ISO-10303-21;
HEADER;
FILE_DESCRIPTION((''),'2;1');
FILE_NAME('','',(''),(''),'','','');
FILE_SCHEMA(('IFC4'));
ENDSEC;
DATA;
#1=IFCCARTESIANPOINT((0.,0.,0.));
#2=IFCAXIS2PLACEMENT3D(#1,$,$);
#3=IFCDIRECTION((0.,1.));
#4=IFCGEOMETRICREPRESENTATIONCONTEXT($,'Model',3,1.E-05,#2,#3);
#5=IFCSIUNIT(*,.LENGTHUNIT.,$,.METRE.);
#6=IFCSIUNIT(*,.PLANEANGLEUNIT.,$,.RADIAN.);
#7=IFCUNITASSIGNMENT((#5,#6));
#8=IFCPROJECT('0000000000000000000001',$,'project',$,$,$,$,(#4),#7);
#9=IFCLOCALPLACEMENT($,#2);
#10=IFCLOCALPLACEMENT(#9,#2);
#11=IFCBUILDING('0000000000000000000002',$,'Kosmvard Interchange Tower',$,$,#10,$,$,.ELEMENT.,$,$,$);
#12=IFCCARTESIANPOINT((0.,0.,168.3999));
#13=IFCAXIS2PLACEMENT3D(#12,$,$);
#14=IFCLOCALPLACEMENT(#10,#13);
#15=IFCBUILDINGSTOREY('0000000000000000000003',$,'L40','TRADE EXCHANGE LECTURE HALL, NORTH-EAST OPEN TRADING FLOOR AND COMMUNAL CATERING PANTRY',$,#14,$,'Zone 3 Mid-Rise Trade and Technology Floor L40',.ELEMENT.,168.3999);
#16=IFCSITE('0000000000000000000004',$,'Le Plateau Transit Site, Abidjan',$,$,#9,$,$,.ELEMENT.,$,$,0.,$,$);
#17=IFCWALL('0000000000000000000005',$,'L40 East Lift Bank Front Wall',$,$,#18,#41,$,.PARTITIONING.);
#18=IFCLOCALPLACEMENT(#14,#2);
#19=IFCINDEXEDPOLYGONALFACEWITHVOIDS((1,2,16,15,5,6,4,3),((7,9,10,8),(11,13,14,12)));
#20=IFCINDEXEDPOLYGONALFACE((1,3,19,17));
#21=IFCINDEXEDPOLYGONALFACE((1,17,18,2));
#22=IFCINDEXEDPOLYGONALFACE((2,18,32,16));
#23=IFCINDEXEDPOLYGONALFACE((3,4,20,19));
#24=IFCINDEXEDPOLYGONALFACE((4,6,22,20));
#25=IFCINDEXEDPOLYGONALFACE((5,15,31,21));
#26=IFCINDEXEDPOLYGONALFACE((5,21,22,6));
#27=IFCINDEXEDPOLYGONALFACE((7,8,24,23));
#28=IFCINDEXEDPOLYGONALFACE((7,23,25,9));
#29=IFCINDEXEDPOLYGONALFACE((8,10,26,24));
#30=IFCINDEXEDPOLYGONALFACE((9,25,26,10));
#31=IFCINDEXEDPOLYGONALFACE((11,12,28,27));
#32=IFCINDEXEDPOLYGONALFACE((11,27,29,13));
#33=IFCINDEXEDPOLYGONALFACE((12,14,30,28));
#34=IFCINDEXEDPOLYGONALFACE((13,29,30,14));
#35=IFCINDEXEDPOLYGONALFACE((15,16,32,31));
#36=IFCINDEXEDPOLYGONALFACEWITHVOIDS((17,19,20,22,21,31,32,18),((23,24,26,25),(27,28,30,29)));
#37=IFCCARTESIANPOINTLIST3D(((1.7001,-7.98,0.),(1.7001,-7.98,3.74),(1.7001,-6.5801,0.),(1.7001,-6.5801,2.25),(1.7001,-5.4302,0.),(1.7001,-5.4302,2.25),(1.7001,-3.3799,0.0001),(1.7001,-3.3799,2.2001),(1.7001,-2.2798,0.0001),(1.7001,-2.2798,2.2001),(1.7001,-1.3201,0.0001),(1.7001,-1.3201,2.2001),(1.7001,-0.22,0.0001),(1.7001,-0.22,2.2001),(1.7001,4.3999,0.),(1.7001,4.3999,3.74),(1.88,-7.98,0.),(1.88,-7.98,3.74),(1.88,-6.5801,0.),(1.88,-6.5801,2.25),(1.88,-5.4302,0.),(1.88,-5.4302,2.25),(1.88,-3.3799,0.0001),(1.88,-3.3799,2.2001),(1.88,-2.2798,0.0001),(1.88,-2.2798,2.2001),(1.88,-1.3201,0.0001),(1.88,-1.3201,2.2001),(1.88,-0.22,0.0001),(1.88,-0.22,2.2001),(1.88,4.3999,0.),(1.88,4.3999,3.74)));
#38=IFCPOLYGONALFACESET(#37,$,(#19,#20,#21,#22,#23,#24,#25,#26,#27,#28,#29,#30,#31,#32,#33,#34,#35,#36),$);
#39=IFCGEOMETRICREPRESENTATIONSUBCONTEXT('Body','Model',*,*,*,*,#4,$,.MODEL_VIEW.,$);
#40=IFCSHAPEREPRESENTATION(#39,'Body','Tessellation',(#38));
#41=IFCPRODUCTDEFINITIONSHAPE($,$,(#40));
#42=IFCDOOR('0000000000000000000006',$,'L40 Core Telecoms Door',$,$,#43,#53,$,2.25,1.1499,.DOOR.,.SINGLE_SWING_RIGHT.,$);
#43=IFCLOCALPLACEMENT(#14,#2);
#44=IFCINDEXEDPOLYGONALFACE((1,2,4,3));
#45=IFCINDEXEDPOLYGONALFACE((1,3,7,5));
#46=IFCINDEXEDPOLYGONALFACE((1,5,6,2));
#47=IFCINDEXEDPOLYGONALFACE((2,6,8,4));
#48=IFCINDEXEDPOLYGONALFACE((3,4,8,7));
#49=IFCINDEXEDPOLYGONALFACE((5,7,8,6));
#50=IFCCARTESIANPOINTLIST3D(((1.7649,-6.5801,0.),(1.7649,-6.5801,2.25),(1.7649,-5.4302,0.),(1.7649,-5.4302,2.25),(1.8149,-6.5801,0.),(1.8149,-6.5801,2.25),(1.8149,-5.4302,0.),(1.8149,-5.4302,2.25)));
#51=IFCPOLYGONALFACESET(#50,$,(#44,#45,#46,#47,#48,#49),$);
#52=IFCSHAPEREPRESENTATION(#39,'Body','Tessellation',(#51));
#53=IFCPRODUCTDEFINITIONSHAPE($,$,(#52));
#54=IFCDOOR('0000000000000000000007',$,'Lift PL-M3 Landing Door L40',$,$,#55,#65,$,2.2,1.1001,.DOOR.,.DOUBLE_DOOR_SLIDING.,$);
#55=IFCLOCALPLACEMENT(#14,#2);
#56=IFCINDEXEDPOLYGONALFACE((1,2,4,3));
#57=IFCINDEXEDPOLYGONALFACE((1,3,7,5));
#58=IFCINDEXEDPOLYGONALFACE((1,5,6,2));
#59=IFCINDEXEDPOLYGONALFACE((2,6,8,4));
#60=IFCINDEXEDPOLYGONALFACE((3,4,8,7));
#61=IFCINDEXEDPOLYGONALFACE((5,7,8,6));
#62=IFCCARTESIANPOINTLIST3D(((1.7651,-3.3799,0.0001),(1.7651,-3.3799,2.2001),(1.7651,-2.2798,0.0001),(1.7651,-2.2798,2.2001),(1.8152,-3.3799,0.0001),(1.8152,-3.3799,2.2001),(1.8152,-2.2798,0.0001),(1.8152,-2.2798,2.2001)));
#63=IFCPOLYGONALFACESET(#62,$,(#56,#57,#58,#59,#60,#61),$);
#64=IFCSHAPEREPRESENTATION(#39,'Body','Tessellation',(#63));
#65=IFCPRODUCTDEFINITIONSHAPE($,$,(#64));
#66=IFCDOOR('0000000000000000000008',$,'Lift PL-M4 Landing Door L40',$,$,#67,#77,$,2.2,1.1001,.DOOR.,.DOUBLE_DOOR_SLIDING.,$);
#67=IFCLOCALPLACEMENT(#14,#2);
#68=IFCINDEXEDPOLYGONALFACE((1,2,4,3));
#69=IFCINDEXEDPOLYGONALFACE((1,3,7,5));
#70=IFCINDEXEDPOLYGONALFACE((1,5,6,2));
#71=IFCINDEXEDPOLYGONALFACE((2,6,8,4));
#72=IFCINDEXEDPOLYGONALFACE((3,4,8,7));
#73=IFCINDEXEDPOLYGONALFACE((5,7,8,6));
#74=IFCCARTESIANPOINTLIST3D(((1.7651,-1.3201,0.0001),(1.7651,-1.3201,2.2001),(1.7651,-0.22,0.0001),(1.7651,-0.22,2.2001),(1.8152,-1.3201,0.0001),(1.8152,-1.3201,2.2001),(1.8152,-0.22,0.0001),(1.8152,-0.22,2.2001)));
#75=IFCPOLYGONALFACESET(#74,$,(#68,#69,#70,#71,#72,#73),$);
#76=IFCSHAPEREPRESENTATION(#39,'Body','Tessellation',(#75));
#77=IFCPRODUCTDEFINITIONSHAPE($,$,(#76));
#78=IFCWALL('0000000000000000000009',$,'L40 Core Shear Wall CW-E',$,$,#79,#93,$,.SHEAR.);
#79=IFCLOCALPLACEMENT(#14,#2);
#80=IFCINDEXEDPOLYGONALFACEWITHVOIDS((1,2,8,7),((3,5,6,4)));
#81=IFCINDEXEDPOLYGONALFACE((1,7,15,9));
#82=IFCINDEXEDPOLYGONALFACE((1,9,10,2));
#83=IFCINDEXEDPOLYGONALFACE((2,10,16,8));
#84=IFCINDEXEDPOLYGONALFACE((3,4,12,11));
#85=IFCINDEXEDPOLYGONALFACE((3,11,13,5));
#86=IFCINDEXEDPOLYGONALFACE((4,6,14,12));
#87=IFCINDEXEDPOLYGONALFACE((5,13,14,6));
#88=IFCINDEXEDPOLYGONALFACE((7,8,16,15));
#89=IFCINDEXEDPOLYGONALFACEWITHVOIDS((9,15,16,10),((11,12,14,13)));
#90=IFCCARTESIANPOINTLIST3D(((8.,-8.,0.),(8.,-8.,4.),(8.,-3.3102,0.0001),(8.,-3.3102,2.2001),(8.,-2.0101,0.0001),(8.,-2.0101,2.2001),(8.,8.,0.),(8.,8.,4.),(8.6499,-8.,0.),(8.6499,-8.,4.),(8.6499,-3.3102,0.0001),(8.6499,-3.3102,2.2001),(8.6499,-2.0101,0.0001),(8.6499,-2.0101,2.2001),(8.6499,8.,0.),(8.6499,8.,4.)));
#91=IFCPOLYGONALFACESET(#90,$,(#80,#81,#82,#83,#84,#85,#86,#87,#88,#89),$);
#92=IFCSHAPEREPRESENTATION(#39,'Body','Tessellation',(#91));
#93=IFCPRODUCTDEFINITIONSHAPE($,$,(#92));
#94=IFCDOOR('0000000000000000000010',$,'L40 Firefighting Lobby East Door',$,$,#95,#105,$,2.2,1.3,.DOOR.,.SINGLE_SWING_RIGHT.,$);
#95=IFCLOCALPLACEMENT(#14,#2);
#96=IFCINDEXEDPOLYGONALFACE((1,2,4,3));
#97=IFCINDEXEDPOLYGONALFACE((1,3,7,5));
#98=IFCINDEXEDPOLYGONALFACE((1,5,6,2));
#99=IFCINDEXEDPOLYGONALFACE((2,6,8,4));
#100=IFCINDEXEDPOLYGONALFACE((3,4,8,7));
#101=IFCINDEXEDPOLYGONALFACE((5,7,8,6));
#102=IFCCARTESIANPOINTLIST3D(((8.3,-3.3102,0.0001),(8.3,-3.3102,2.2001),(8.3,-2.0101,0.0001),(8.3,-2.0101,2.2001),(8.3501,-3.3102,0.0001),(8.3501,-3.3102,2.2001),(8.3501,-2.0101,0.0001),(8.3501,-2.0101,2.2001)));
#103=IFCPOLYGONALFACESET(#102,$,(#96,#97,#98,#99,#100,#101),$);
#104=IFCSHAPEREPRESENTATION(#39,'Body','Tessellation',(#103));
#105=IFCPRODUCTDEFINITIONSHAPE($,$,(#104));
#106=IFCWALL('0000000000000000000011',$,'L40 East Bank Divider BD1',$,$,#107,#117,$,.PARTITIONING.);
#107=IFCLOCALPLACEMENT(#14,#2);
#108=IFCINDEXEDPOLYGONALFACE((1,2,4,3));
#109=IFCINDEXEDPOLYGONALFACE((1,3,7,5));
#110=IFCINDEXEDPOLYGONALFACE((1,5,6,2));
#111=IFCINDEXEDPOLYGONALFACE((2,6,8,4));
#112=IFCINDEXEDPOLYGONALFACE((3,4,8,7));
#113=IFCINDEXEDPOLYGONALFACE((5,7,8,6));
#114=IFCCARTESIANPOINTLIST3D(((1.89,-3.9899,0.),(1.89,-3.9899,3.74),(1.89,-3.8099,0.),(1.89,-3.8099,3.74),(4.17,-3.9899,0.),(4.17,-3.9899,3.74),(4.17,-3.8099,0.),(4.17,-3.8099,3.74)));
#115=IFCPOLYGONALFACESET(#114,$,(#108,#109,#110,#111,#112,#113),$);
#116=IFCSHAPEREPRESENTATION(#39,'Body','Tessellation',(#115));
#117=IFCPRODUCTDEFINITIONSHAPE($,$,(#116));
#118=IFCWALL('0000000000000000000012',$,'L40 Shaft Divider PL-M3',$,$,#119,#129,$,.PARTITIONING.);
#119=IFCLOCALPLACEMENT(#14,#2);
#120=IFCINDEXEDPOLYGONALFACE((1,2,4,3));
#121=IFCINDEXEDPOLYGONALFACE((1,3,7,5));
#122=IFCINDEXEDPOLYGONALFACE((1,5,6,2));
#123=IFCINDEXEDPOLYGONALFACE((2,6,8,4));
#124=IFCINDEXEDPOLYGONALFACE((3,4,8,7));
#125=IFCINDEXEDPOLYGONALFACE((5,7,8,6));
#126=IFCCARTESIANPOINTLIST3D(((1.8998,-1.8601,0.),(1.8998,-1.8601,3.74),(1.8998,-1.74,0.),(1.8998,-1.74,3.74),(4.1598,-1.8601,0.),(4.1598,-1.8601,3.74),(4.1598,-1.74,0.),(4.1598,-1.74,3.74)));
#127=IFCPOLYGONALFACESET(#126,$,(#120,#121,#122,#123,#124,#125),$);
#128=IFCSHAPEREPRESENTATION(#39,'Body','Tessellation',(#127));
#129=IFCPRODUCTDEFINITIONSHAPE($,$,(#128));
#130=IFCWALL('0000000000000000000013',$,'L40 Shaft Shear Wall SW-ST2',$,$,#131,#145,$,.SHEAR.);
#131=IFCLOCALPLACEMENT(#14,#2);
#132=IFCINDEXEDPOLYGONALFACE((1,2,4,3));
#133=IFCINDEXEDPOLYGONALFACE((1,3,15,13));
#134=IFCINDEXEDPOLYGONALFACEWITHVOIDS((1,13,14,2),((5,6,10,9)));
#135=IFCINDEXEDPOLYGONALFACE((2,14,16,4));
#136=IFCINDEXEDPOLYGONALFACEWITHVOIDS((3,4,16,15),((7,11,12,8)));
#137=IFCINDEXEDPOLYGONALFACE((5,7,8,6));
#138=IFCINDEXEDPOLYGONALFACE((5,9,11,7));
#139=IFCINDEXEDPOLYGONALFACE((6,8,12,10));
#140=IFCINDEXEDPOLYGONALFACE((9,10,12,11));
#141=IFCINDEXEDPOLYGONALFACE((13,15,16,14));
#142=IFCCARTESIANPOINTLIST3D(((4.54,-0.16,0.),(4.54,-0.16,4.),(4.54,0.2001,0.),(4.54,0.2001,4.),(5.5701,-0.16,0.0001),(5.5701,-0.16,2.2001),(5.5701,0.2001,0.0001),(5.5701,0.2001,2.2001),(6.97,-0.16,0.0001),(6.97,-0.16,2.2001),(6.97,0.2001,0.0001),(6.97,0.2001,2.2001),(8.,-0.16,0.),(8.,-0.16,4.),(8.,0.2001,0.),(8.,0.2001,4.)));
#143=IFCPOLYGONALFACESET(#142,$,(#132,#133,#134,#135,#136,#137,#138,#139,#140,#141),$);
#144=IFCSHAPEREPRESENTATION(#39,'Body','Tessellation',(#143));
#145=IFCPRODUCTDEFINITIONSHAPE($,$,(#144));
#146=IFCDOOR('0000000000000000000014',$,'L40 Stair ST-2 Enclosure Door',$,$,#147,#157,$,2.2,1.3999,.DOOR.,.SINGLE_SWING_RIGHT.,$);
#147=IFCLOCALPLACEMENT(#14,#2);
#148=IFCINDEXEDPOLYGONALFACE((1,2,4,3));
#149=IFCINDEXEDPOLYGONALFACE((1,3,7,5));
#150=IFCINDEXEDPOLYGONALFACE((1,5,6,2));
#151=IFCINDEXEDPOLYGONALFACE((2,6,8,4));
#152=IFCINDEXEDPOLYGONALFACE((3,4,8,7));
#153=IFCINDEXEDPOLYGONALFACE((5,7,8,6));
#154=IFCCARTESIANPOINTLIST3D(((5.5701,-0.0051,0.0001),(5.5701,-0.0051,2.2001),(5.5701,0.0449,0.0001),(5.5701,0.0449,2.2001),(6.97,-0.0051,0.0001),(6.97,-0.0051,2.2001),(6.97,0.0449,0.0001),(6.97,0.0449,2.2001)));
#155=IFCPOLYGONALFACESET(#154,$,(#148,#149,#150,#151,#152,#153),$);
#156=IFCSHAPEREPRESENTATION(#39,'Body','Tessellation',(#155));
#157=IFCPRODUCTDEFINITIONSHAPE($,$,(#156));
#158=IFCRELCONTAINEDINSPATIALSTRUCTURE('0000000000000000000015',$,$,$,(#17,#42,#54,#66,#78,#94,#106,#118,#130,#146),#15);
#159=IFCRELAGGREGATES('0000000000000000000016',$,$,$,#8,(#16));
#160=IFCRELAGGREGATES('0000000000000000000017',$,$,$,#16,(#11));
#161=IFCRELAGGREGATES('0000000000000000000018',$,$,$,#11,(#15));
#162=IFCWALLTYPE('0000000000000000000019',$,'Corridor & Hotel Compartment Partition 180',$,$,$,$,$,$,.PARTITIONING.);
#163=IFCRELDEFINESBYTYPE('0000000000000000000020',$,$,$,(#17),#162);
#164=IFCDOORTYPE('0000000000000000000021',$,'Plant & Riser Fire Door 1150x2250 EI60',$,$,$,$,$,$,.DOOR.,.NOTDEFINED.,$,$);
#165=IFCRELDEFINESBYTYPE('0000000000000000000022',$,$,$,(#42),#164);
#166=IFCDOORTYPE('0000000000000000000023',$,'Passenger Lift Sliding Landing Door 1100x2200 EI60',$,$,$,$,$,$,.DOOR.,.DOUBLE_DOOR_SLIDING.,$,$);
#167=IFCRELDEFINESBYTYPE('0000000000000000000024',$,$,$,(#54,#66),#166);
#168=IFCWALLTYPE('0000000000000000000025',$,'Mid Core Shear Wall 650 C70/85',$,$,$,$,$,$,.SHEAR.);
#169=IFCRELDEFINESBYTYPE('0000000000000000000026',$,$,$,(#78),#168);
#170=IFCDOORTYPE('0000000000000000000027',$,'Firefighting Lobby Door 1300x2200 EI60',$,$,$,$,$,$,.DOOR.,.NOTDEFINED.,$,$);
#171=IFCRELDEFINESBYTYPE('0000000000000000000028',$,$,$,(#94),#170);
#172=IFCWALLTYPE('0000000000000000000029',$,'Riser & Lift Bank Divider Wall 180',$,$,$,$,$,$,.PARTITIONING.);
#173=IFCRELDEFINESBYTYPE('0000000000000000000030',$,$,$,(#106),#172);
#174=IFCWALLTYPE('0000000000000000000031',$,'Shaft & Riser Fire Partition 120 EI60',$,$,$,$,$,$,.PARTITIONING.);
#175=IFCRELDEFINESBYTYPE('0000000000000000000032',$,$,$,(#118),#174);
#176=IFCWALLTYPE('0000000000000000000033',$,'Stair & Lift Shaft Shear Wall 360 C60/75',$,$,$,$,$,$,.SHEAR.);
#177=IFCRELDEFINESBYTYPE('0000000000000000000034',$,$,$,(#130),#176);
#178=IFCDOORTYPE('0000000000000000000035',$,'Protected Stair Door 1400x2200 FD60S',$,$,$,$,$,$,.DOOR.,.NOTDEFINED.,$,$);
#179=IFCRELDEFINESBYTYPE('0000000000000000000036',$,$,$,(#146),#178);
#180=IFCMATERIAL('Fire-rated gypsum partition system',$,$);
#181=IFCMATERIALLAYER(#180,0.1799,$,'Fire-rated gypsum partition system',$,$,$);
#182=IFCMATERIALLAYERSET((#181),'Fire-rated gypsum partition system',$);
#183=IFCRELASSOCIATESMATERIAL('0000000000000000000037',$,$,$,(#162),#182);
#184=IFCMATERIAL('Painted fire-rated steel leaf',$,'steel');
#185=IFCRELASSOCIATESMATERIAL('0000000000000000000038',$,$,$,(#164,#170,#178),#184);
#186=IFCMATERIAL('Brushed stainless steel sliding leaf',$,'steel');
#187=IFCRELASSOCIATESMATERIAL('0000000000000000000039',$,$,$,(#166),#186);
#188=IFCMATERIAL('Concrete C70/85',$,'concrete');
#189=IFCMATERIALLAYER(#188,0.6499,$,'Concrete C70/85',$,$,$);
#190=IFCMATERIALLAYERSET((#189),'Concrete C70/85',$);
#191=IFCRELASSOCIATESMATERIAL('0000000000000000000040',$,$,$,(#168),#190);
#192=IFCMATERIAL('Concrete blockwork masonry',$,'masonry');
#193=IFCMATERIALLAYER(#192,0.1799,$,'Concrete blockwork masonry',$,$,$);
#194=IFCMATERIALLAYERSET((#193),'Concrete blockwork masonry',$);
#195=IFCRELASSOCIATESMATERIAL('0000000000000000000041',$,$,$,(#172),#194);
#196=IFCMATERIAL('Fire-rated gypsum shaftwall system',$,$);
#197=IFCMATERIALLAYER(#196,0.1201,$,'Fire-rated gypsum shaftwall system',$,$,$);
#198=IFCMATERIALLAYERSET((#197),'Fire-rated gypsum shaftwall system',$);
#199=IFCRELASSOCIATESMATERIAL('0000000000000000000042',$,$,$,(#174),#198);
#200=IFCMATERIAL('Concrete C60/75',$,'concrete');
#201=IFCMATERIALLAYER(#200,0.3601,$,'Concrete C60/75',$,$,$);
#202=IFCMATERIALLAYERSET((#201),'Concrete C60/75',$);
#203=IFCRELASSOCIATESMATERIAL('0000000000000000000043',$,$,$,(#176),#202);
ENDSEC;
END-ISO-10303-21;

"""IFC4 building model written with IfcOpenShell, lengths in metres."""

from ifc_helpers import new_model, si_unit, direction, frame, frame_2d, origin, place, context, subcontext, project, spatial, rectangle, extrude, source, transform, mapped, material, layer, layer_set, type_object, element, fill, save


model = new_model("IFC4")

# Units and contexts
model_context = context("Model", 3, precision=1e-05, world=origin(), true_north=direction((0.0, 1.0)))
body_context = subcontext(model_context, "Body", "Model", "MODEL_VIEW")
ifc_project = project(units=[si_unit("LENGTHUNIT", "METRE"), si_unit("PLANEANGLEUNIT", "RADIAN")], contexts=[model_context])

# Site, building, storey
site_placement = place(None, origin())
site = spatial("IfcSite", under=ifc_project, at=site_placement, Name="Le Plateau Transit Site, Abidjan", CompositionType="ELEMENT", RefElevation=0.0)
building_placement = place(site_placement, origin())
building = spatial("IfcBuilding", under=site, at=building_placement, Name="Kosmvard Interchange Tower", CompositionType="ELEMENT")
storey_placement = place(building_placement, frame((0.0, 0.0, 168.3999)))
storey = spatial("IfcBuildingStorey", under=building, at=storey_placement, Name="L40", Description="TRADE EXCHANGE LECTURE HALL, NORTH-EAST OPEN TRADING FLOOR AND COMMUNAL CATERING PANTRY", LongName="Zone 3 Mid-Rise Trade and Technology Floor L40", CompositionType="ELEMENT", Elevation=168.3999)

# Wall, openings, doors
ifc_material_1 = material(Name="Fire-rated gypsum partition system")
ifc_layer_1 = layer(ifc_material_1, 0.1799, Name="Fire-rated gypsum partition system")
ifc_layer_set_1 = layer_set([ifc_layer_1], Name="Fire-rated gypsum partition system")
wall_type_1 = type_object("IfcWallType", Name="Corridor & Hotel Compartment Partition 180", PredefinedType="PARTITIONING", material=ifc_layer_set_1)
wall_1_placement = place(storey_placement, frame((1.79, -7.98, 0.0), z_axis=(0.0, 0.0, 1.0), x_axis=(0.0, 1.0, 0.0)))
wall_1 = element("IfcWall", 1, at=wall_1_placement, inside=storey, type_object=wall_type_1, Name="L40 East Lift Bank Front Wall", PredefinedType="PARTITIONING", context=body_context, shape_type="SweptSolid", body=[
    extrude(rectangle(XDim=12.3799, YDim=0.1799, at=frame_2d((6.1899, 0.0))), origin(), (0.0, 0.0, 1.0), 3.74),
])
opening_1_placement = place(wall_1_placement, frame((4.6001, 0.0, 0.0)))
opening_1 = element("IfcOpeningElement", 2, at=opening_1_placement, cuts=wall_1, PredefinedType="OPENING", context=body_context, shape_type="SweptSolid", body=[
    extrude(rectangle(XDim=1.1001, YDim=2.2, at=frame_2d((0.55, 1.1001))), frame((0.0, 0.1001, 0.0), z_axis=(0.0, -1.0, 0.0), x_axis=(1.0, 0.0, 0.0)), (0.0, 0.0, 1.0), 0.2),
])
opening_2_placement = place(wall_1_placement, frame((6.6599, 0.0, 0.0)))
opening_2 = element("IfcOpeningElement", 3, at=opening_2_placement, cuts=wall_1, PredefinedType="OPENING", context=body_context, shape_type="SweptSolid", body=[
    extrude(rectangle(XDim=1.1001, YDim=2.2, at=frame_2d((0.55, 1.1001))), frame((0.0, 0.1001, 0.0), z_axis=(0.0, -1.0, 0.0), x_axis=(1.0, 0.0, 0.0)), (0.0, 0.0, 1.0), 0.2),
])
opening_3_placement = place(wall_1_placement, frame((1.3999, 0.0, 0.0)))
opening_3 = element("IfcOpeningElement", 4, at=opening_3_placement, cuts=wall_1, PredefinedType="OPENING", context=body_context, shape_type="SweptSolid", body=[
    extrude(rectangle(XDim=1.1499, YDim=2.25, at=frame_2d((0.575, 1.125))), frame((0.0, 0.1001, 0.0), z_axis=(0.0, -1.0, 0.0), x_axis=(1.0, 0.0, 0.0)), (0.0, 0.0, 1.0), 0.2),
])
ifc_material_2 = material(Name="Painted fire-rated steel leaf", Category="steel")
door_type_1 = type_object("IfcDoorType", Name="Plant & Riser Fire Door 1150x2250 EI60", OperationType="NOTDEFINED", PredefinedType="DOOR", material=ifc_material_2)
shared_shape_1 = source(origin(), body_context, "Body", "SweptSolid", [
    extrude(rectangle(XDim=1.1499, YDim=2.25, at=frame_2d((0.575, 1.125))), frame((0.0, 0.0249, 0.0), z_axis=(0.0, -1.0, 0.0), x_axis=(1.0, 0.0, 0.0)), (0.0, 0.0, 1.0), 0.05),
])
door_1_placement = place(opening_3_placement, frame((1.1499, 0.0, 0.0), z_axis=(0.0, 0.0, 1.0), x_axis=(-1.0, 0.0, 0.0)))
door_1 = element("IfcDoor", 5, at=door_1_placement, inside=storey, type_object=door_type_1, Name="L40 Core Telecoms Door", OperationType="SINGLE_SWING_RIGHT", OverallHeight=2.25, OverallWidth=1.1499, PredefinedType="DOOR", context=body_context, shape_type="MappedRepresentation", body=[
    mapped(shared_shape_1, transform((0.0, 0.0, 0.0), scale=1.0)),
])
fill(opening_3, door_1)
ifc_material_3 = material(Name="Brushed stainless steel sliding leaf", Category="steel")
door_type_2 = type_object("IfcDoorType", Name="Passenger Lift Sliding Landing Door 1100x2200 EI60", OperationType="DOUBLE_DOOR_SLIDING", PredefinedType="DOOR", material=ifc_material_3)
shared_shape_2 = source(origin(), body_context, "Body", "SweptSolid", [
    extrude(rectangle(XDim=1.1001, YDim=2.2, at=frame_2d((0.55, 1.1001))), frame((0.0, 0.0249, 0.0), z_axis=(0.0, -1.0, 0.0), x_axis=(1.0, 0.0, 0.0)), (0.0, 0.0, 1.0), 0.05),
])
door_2_placement = place(opening_1_placement, origin())
door_2 = element("IfcDoor", 6, at=door_2_placement, inside=storey, type_object=door_type_2, Name="Lift PL-M3 Landing Door L40", OperationType="DOUBLE_DOOR_SLIDING", OverallHeight=2.2, OverallWidth=1.1001, PredefinedType="DOOR", context=body_context, shape_type="MappedRepresentation", body=[
    mapped(shared_shape_2, transform((0.0, 0.0, 0.0), scale=1.0)),
])
fill(opening_1, door_2)
door_3_placement = place(opening_2_placement, origin())
door_3 = element("IfcDoor", 7, at=door_3_placement, inside=storey, type_object=door_type_2, Name="Lift PL-M4 Landing Door L40", OperationType="DOUBLE_DOOR_SLIDING", OverallHeight=2.2, OverallWidth=1.1001, PredefinedType="DOOR", context=body_context, shape_type="MappedRepresentation", body=[
    mapped(shared_shape_2, transform((0.0, 0.0, 0.0), scale=1.0)),
])
fill(opening_2, door_3)

# Wall, opening, door
ifc_material_4 = material(Name="Concrete C70/85", Category="concrete")
ifc_layer_2 = layer(ifc_material_4, 0.6499, Name="Concrete C70/85")
ifc_layer_set_2 = layer_set([ifc_layer_2], Name="Concrete C70/85")
wall_type_2 = type_object("IfcWallType", Name="Mid Core Shear Wall 650 C70/85", PredefinedType="SHEAR", material=ifc_layer_set_2)
wall_2_placement = place(storey_placement, frame((8.325, -8.0, 0.0), z_axis=(0.0, 0.0, 1.0), x_axis=(0.0, 1.0, 0.0)))
wall_2 = element("IfcWall", 8, at=wall_2_placement, inside=storey, type_object=wall_type_2, Name="L40 Core Shear Wall CW-E", PredefinedType="SHEAR", context=body_context, shape_type="SweptSolid", body=[
    extrude(rectangle(XDim=16.0, YDim=0.6499, at=frame_2d((8.0, 0.0))), origin(), (0.0, 0.0, 1.0), 4.0),
])
opening_4_placement = place(wall_2_placement, frame((4.6899, 0.0, 0.0)))
opening_4 = element("IfcOpeningElement", 9, at=opening_4_placement, cuts=wall_2, PredefinedType="OPENING", context=body_context, shape_type="SweptSolid", body=[
    extrude(rectangle(XDim=1.3, YDim=2.2, at=frame_2d((0.6499, 1.1001))), frame((0.0, 0.335, 0.0), z_axis=(0.0, -1.0, 0.0), x_axis=(1.0, 0.0, 0.0)), (0.0, 0.0, 1.0), 0.6699),
])
door_type_3 = type_object("IfcDoorType", Name="Firefighting Lobby Door 1300x2200 EI60", OperationType="NOTDEFINED", PredefinedType="DOOR", material=ifc_material_2)
shared_shape_3 = source(origin(), body_context, "Body", "SweptSolid", [
    extrude(rectangle(XDim=1.3, YDim=2.2, at=frame_2d((0.6499, 1.1001))), frame((0.0, 0.0249, 0.0), z_axis=(0.0, -1.0, 0.0), x_axis=(1.0, 0.0, 0.0)), (0.0, 0.0, 1.0), 0.05),
])
door_4_placement = place(opening_4_placement, origin())
door_4 = element("IfcDoor", 10, at=door_4_placement, inside=storey, type_object=door_type_3, Name="L40 Firefighting Lobby East Door", OperationType="SINGLE_SWING_RIGHT", OverallHeight=2.2, OverallWidth=1.3, PredefinedType="DOOR", context=body_context, shape_type="MappedRepresentation", body=[
    mapped(shared_shape_3, transform((0.0, 0.0, 0.0), scale=1.0)),
])
fill(opening_4, door_4)

# Walls
ifc_material_5 = material(Name="Concrete blockwork masonry", Category="masonry")
ifc_layer_3 = layer(ifc_material_5, 0.1799, Name="Concrete blockwork masonry")
ifc_layer_set_3 = layer_set([ifc_layer_3], Name="Concrete blockwork masonry")
wall_type_3 = type_object("IfcWallType", Name="Riser & Lift Bank Divider Wall 180", PredefinedType="PARTITIONING", material=ifc_layer_set_3)
wall_3_placement = place(storey_placement, frame((1.8899, -3.8999, 0.0), z_axis=(0.0, 0.0, 1.0), x_axis=(1.0, 0.0, 0.0)))
element("IfcWall", 11, at=wall_3_placement, inside=storey, type_object=wall_type_3, Name="L40 East Bank Divider BD1", PredefinedType="PARTITIONING", context=body_context, shape_type="SweptSolid", body=[
    extrude(rectangle(XDim=2.28, YDim=0.1799, at=frame_2d((1.1401, 0.0))), origin(), (0.0, 0.0, 1.0), 3.74),
])
ifc_material_6 = material(Name="Fire-rated gypsum shaftwall system")
ifc_layer_4 = layer(ifc_material_6, 0.1201, Name="Fire-rated gypsum shaftwall system")
ifc_layer_set_4 = layer_set([ifc_layer_4], Name="Fire-rated gypsum shaftwall system")
wall_type_4 = type_object("IfcWallType", Name="Shaft & Riser Fire Partition 120 EI60", PredefinedType="PARTITIONING", material=ifc_layer_set_4)
wall_4_placement = place(storey_placement, frame((1.8999, -1.8, 0.0), z_axis=(0.0, 0.0, 1.0), x_axis=(1.0, 0.0, 0.0)))
element("IfcWall", 12, at=wall_4_placement, inside=storey, type_object=wall_type_4, Name="L40 Shaft Divider PL-M3", PredefinedType="PARTITIONING", context=body_context, shape_type="SweptSolid", body=[
    extrude(rectangle(XDim=2.26, YDim=0.1201, at=frame_2d((1.1299, 0.0))), origin(), (0.0, 0.0, 1.0), 3.74),
])

# Wall, opening, door
ifc_material_7 = material(Name="Concrete C60/75", Category="concrete")
ifc_layer_5 = layer(ifc_material_7, 0.3601, Name="Concrete C60/75")
ifc_layer_set_5 = layer_set([ifc_layer_5], Name="Concrete C60/75")
wall_type_5 = type_object("IfcWallType", Name="Stair & Lift Shaft Shear Wall 360 C60/75", PredefinedType="SHEAR", material=ifc_layer_set_5)
wall_5_placement = place(storey_placement, frame((4.54, 0.02, 0.0), z_axis=(0.0, 0.0, 1.0), x_axis=(1.0, 0.0, 0.0)))
wall_5 = element("IfcWall", 13, at=wall_5_placement, inside=storey, type_object=wall_type_5, Name="L40 Shaft Shear Wall SW-ST2", PredefinedType="SHEAR", context=body_context, shape_type="SweptSolid", body=[
    extrude(rectangle(XDim=3.46, YDim=0.3601, at=frame_2d((1.73, 0.0))), origin(), (0.0, 0.0, 1.0), 4.0),
])
opening_5_placement = place(wall_5_placement, frame((1.03, 0.0, 0.0)))
opening_5 = element("IfcOpeningElement", 14, at=opening_5_placement, cuts=wall_5, PredefinedType="OPENING", context=body_context, shape_type="SweptSolid", body=[
    extrude(rectangle(XDim=1.3999, YDim=2.2, at=frame_2d((0.7, 1.1001))), frame((0.0, 0.1899, 0.0), z_axis=(0.0, -1.0, 0.0), x_axis=(1.0, 0.0, 0.0)), (0.0, 0.0, 1.0), 0.3801),
])
door_type_4 = type_object("IfcDoorType", Name="Protected Stair Door 1400x2200 FD60S", OperationType="NOTDEFINED", PredefinedType="DOOR", material=ifc_material_2)
shared_shape_4 = source(origin(), body_context, "Body", "SweptSolid", [
    extrude(rectangle(XDim=1.3999, YDim=2.2, at=frame_2d((0.7, 1.1001))), frame((0.0, 0.0249, 0.0), z_axis=(0.0, -1.0, 0.0), x_axis=(1.0, 0.0, 0.0)), (0.0, 0.0, 1.0), 0.05),
])
door_5_placement = place(opening_5_placement, origin())
door_5 = element("IfcDoor", 15, at=door_5_placement, inside=storey, type_object=door_type_4, Name="L40 Stair ST-2 Enclosure Door", OperationType="SINGLE_SWING_RIGHT", OverallHeight=2.2, OverallWidth=1.3999, PredefinedType="DOOR", context=body_context, shape_type="MappedRepresentation", body=[
    mapped(shared_shape_4, transform((0.0, 0.0, 0.0), scale=1.0)),
])
fill(opening_5, door_5)

save(model, "model.ifc")
